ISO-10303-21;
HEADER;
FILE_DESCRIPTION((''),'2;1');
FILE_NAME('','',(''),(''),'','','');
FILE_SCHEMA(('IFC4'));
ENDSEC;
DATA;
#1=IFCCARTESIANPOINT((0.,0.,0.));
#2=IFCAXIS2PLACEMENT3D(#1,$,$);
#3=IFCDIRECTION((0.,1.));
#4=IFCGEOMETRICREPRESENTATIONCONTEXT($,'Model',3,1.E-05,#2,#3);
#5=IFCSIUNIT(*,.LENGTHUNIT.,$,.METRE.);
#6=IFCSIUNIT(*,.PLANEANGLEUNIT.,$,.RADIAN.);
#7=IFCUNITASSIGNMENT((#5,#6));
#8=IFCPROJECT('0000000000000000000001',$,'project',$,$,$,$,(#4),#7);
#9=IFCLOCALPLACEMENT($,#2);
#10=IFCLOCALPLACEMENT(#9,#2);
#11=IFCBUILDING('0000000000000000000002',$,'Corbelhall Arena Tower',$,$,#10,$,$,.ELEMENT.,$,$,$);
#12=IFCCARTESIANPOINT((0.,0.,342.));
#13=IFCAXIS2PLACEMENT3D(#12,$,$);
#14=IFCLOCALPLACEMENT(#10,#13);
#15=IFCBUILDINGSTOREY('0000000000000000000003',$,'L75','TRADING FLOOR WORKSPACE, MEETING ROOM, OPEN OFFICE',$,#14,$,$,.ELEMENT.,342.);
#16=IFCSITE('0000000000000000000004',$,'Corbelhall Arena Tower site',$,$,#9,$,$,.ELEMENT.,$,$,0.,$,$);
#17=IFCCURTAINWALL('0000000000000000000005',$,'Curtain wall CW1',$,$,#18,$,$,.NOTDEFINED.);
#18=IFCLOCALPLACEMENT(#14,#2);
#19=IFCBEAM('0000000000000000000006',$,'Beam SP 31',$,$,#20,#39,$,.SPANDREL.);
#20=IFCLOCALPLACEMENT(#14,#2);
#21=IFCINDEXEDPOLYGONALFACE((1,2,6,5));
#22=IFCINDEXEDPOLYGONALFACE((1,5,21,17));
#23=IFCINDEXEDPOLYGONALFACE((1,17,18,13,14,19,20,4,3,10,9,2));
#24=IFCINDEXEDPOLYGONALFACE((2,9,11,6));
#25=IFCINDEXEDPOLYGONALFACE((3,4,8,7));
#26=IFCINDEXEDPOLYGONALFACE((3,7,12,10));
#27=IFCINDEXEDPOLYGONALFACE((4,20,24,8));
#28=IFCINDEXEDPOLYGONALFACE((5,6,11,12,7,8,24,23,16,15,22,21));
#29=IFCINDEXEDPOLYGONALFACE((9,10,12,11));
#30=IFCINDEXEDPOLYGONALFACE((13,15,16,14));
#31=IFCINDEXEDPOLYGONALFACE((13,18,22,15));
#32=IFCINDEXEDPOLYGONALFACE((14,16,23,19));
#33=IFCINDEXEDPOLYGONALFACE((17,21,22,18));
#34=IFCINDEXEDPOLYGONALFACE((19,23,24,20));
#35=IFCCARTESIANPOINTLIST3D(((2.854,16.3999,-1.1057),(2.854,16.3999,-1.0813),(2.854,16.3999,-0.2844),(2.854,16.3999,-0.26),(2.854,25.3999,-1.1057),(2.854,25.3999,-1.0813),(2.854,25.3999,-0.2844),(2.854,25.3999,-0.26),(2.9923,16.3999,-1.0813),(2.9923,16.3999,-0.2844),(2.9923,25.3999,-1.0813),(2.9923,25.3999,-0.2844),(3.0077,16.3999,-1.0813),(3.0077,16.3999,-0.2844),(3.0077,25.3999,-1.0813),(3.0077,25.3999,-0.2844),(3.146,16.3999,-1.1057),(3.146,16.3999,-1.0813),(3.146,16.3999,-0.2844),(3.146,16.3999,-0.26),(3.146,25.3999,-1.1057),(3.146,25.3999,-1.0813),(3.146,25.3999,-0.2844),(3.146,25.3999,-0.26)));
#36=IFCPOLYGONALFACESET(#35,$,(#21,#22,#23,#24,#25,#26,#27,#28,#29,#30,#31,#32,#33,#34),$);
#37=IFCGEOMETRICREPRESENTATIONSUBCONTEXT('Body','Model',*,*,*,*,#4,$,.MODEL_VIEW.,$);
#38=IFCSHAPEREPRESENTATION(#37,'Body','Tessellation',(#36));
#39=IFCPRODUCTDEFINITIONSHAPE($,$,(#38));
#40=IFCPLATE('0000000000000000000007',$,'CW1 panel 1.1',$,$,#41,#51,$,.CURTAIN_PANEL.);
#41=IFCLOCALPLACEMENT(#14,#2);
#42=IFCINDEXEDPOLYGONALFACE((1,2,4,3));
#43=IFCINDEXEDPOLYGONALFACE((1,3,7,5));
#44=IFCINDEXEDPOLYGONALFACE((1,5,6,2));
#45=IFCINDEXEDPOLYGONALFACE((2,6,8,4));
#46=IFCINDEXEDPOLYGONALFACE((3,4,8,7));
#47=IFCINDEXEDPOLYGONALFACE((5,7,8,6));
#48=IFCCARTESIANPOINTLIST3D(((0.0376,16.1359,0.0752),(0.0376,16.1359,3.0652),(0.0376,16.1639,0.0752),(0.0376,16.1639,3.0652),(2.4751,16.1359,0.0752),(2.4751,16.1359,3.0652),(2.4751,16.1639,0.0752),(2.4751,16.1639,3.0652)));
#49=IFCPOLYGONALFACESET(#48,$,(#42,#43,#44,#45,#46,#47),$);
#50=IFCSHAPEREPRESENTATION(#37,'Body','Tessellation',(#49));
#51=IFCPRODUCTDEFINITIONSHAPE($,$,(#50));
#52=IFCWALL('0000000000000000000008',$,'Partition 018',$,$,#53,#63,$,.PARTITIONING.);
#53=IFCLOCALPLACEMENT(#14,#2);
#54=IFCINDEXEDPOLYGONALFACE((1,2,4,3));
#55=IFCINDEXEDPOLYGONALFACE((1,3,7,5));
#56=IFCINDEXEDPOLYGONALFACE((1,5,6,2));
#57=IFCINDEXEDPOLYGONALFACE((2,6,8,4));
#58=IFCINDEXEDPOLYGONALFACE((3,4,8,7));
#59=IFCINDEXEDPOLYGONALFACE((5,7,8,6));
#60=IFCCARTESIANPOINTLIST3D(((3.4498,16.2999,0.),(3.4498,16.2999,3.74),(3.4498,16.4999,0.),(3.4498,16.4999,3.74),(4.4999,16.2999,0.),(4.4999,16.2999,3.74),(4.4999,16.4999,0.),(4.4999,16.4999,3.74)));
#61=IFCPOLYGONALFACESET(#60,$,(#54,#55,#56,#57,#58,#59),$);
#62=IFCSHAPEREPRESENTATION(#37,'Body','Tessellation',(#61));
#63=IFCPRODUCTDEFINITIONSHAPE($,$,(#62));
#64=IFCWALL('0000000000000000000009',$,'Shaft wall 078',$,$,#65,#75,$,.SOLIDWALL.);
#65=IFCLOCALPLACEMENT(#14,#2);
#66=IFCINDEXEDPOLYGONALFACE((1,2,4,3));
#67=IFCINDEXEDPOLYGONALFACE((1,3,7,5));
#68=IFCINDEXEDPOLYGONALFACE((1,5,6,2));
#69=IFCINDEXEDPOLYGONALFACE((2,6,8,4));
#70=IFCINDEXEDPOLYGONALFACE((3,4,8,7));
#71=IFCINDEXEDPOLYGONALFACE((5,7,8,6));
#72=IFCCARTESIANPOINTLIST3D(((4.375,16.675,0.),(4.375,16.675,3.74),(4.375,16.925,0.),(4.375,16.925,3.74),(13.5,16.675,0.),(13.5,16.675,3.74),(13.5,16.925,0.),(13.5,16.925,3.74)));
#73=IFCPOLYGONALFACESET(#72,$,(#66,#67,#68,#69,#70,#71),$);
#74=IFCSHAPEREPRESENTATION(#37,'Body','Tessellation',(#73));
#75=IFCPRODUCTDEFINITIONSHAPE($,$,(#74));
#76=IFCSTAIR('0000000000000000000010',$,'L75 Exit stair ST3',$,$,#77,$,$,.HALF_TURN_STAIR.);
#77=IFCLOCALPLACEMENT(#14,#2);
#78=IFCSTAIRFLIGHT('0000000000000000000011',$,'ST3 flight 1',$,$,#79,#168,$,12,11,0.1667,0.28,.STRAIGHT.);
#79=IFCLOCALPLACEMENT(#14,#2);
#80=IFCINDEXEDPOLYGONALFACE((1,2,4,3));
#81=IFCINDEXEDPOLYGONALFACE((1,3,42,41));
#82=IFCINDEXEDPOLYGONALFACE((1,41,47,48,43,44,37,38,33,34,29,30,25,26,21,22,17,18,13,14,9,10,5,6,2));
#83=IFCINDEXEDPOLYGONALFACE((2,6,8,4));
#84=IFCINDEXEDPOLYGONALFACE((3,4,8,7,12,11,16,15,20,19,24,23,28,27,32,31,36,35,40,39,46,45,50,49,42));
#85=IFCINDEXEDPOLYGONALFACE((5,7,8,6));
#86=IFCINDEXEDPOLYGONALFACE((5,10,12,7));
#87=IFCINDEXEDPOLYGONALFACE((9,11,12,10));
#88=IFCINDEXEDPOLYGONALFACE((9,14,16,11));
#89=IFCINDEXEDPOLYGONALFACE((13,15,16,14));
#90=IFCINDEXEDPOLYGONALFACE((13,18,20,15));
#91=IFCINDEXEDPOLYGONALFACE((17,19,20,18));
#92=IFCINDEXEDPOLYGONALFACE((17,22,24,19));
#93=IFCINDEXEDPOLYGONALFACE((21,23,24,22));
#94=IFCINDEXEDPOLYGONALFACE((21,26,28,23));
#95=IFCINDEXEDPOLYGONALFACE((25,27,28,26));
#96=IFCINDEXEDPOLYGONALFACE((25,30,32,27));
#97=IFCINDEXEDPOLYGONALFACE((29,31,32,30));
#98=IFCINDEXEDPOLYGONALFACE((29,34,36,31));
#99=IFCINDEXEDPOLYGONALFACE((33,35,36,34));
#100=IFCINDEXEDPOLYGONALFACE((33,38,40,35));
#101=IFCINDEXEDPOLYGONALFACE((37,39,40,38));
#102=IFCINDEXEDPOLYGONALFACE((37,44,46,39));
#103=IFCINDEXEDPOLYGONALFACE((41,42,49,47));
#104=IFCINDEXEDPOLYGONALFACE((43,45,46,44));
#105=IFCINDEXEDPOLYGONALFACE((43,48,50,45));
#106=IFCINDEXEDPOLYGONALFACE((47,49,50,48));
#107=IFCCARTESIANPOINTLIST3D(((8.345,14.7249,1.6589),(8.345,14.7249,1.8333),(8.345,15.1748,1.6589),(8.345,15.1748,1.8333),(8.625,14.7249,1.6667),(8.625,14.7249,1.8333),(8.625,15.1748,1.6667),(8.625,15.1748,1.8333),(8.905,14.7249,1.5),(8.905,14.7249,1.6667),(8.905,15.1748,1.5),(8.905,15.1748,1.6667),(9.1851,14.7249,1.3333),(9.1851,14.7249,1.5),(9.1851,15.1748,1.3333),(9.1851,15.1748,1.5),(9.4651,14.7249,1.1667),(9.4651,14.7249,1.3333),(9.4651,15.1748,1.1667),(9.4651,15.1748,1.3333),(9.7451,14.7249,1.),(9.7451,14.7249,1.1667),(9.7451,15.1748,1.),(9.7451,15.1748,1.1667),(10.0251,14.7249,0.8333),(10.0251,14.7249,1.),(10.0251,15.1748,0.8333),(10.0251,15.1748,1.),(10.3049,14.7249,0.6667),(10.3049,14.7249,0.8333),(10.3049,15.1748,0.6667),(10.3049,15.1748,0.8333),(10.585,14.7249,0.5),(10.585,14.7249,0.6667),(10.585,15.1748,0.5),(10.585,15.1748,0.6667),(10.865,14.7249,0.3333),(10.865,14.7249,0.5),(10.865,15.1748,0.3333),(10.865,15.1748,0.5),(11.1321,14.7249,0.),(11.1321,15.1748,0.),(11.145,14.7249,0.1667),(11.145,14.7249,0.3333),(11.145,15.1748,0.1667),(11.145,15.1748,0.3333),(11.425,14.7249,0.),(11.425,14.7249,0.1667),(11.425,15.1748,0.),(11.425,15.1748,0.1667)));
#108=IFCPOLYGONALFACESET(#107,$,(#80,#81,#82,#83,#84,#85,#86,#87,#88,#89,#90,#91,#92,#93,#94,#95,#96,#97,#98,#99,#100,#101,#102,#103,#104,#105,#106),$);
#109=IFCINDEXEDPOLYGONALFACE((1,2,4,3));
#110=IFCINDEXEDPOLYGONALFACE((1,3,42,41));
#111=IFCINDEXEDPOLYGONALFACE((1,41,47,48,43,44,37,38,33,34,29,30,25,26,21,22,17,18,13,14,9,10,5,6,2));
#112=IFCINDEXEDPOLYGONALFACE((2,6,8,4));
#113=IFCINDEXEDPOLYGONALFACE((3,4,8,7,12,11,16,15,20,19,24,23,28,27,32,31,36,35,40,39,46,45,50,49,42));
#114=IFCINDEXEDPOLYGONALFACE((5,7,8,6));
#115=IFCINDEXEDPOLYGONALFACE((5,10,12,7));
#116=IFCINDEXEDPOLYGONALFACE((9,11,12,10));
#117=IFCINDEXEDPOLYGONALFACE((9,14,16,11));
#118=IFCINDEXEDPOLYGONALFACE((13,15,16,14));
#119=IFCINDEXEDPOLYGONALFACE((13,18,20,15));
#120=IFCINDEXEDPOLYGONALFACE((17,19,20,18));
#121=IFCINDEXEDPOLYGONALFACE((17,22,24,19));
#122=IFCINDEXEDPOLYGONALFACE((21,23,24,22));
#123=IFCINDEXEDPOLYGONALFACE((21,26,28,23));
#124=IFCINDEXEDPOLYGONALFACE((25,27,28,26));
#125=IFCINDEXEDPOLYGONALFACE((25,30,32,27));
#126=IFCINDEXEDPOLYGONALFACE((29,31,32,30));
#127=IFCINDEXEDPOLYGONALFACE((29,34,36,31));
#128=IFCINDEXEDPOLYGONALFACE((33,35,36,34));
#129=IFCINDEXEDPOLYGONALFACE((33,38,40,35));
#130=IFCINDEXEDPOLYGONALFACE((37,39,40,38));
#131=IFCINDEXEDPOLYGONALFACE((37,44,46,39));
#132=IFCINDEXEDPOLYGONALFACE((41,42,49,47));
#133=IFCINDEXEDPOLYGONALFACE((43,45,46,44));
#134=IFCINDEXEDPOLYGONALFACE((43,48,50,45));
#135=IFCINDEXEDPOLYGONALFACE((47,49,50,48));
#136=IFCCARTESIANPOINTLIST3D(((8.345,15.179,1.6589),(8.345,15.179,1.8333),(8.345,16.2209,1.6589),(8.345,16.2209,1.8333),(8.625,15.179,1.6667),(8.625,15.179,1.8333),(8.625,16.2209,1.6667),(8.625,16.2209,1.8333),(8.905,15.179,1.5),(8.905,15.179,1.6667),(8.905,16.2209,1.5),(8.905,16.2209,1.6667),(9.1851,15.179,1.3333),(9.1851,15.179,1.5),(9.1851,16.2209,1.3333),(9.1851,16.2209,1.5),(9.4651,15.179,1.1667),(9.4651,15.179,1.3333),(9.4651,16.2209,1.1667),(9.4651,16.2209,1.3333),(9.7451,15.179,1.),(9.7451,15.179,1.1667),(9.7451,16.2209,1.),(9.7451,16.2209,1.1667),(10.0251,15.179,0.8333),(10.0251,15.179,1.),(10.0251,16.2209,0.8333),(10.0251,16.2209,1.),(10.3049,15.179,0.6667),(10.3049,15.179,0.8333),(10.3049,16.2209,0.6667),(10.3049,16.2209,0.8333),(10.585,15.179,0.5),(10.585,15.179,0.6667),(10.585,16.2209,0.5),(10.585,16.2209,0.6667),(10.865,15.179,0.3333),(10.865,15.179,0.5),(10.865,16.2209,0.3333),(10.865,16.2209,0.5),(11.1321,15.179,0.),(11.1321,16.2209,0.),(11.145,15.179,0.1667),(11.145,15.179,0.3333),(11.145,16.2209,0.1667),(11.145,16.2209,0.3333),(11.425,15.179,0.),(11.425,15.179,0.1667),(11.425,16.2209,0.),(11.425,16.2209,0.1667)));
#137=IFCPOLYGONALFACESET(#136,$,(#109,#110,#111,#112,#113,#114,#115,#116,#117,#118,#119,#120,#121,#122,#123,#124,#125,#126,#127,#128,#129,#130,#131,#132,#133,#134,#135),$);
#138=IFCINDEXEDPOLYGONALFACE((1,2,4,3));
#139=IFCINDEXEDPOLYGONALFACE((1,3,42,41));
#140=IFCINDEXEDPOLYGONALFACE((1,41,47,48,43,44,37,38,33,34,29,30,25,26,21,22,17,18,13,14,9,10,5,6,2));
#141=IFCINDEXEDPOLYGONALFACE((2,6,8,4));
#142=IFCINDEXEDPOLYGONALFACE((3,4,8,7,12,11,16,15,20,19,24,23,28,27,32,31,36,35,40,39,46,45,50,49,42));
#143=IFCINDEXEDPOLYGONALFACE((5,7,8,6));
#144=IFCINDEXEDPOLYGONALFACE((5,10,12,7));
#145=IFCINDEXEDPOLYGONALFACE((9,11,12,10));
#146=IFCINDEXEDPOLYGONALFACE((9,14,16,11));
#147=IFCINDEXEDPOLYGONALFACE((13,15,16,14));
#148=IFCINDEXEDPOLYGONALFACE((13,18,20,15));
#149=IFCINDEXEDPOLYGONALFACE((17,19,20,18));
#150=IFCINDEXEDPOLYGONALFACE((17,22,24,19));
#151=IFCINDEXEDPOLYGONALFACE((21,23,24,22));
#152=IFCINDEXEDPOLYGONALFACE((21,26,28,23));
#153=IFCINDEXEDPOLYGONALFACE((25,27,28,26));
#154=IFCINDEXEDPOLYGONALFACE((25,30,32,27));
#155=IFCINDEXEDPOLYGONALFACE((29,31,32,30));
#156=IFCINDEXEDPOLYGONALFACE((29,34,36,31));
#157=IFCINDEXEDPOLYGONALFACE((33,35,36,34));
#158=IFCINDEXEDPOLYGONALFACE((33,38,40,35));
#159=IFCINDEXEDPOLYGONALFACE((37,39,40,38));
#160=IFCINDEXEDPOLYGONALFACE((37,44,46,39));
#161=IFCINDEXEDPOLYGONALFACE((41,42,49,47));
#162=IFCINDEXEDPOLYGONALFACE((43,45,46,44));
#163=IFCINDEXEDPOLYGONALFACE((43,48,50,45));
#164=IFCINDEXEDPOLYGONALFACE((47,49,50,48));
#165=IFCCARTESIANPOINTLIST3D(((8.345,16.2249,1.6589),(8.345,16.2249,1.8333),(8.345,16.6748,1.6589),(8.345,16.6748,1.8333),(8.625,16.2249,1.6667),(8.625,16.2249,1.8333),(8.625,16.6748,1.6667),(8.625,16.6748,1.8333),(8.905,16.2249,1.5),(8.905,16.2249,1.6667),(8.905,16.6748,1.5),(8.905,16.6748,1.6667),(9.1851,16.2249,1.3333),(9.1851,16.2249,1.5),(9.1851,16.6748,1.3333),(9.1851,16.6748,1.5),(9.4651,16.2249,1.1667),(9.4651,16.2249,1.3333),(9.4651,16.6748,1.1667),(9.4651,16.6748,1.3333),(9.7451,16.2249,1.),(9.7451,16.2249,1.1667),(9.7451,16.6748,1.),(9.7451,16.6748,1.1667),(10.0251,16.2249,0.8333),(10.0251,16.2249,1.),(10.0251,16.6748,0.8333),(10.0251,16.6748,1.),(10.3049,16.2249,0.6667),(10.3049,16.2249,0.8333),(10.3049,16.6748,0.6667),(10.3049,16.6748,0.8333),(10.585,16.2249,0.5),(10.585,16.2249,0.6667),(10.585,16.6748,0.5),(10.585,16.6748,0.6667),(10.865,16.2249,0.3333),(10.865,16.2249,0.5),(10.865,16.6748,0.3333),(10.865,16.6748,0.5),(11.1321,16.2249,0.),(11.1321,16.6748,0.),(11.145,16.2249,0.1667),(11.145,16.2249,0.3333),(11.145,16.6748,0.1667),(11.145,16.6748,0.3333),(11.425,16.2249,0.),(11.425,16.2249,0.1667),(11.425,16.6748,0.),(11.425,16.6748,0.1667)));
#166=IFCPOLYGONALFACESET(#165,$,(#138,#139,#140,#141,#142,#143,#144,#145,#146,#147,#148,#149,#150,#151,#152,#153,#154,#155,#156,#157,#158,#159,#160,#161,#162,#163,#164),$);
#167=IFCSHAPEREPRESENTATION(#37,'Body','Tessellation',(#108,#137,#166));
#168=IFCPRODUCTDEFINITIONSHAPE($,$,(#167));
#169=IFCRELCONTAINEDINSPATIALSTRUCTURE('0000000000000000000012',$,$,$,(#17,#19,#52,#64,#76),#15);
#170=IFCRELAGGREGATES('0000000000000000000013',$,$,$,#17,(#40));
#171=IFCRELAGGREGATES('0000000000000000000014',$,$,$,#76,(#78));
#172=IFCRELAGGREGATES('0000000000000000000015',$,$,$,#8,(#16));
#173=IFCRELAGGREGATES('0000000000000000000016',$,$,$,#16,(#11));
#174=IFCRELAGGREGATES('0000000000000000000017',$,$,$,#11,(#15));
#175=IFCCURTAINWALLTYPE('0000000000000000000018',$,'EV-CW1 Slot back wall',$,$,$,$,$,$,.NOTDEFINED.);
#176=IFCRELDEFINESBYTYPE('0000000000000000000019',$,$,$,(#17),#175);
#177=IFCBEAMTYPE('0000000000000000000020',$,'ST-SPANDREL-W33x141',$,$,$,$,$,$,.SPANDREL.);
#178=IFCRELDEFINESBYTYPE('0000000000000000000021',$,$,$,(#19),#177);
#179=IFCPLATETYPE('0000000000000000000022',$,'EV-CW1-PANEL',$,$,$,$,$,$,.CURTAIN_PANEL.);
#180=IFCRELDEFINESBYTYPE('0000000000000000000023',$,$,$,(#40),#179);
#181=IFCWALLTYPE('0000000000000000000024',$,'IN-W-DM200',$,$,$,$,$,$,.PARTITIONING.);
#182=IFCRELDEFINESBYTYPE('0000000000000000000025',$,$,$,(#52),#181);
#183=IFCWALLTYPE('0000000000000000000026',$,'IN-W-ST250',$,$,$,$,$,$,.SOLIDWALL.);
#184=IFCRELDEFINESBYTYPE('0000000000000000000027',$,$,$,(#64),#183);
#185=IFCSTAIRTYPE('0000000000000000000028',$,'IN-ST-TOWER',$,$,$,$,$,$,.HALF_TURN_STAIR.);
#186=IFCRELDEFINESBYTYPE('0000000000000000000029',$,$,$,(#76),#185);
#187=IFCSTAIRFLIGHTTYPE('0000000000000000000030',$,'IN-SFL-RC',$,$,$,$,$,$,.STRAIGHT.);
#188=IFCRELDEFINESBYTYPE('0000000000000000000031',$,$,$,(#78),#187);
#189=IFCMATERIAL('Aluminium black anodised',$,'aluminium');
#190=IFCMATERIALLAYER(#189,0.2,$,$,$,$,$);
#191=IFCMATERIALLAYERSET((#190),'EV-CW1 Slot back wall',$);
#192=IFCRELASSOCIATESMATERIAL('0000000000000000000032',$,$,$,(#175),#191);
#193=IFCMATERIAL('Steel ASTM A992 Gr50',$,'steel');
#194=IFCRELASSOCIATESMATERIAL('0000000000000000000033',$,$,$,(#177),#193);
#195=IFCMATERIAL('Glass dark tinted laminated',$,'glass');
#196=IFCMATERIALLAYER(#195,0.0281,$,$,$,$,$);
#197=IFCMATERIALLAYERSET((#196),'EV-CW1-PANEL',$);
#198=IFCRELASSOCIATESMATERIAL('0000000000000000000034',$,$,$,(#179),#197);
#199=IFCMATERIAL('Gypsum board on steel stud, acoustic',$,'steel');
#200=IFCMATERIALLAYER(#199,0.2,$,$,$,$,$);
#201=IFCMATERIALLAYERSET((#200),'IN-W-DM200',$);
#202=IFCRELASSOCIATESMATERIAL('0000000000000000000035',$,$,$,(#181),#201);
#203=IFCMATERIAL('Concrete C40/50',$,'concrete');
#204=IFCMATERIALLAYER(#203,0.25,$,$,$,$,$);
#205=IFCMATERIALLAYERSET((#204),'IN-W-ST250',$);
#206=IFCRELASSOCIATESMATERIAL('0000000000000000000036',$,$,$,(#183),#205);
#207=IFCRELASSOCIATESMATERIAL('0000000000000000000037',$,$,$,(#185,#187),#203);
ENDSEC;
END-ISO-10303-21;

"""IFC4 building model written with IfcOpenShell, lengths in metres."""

from ifc_helpers import new_model, si_unit, direction, frame, frame_2d, origin, origin_2d, place, context, subcontext, project, spatial, polyline, rectangle, i_section, outline, extrude, material, layer, layer_set, material_profile, profile_set, type_object, element, aggregate, save


model = new_model("IFC4")

# Units and contexts
model_context = context("Model", 3, precision=1e-05, world=origin(), true_north=direction((0.0, 1.0)))
body_context = subcontext(model_context, "Body", "Model", "MODEL_VIEW")
ifc_project = project(units=[si_unit("LENGTHUNIT", "METRE"), si_unit("PLANEANGLEUNIT", "RADIAN")], contexts=[model_context])

# Site, building, storey
site_placement = place(None, origin())
site = spatial("IfcSite", under=ifc_project, at=site_placement, Name="Corbelhall Arena Tower site", CompositionType="ELEMENT", RefElevation=0.0)
building_placement = place(site_placement, origin())
building = spatial("IfcBuilding", under=site, at=building_placement, Name="Corbelhall Arena Tower", CompositionType="ELEMENT")
storey_placement = place(building_placement, frame((0.0, 0.0, 342.0)))
storey = spatial("IfcBuildingStorey", under=building, at=storey_placement, Name="L75", Description="TRADING FLOOR WORKSPACE, MEETING ROOM, OPEN OFFICE", CompositionType="ELEMENT", Elevation=342.0)

# Curtain wall
ifc_material_1 = material(Name="Aluminium black anodised", Category="aluminium")
ifc_layer_1 = layer(ifc_material_1, 0.2)
ifc_layer_set_1 = layer_set([ifc_layer_1], Name="EV-CW1 Slot back wall")
curtain_wall_type = type_object("IfcCurtainWallType", Name="EV-CW1 Slot back wall", PredefinedType="NOTDEFINED", material=ifc_layer_set_1)
curtain_wall_placement = place(storey_placement, origin())
curtain_wall = element("IfcCurtainWall", 1, at=curtain_wall_placement, inside=storey, type_object=curtain_wall_type, Name="Curtain wall CW1", PredefinedType="NOTDEFINED")

# Beam
ifc_material_2 = material(Name="Steel ASTM A992 Gr50", Category="steel")
ifc_material_profile_1 = material_profile(ifc_material_2, i_section(OverallWidth=0.292, OverallDepth=0.8457, WebThickness=0.0154, FlangeThickness=0.0244, at=origin_2d()))
ifc_profile_set_1 = profile_set([ifc_material_profile_1], Name="Steel ASTM A992 Gr50")
beam_type_1 = type_object("IfcBeamType", Name="ST-SPANDREL-W33x141", PredefinedType="SPANDREL", material=ifc_profile_set_1)
beam_1_placement = place(storey_placement, frame((3.0, 16.3999, -0.6829), z_axis=(0.0, 1.0, 0.0), x_axis=(-1.0, 0.0, 0.0)))
element("IfcBeam", 2, at=beam_1_placement, inside=storey, type_object=beam_type_1, Name="Beam SP 31", PredefinedType="SPANDREL", context=body_context, shape_type="SweptSolid", body=[
    extrude(i_section(OverallWidth=0.292, OverallDepth=0.8457, WebThickness=0.0154, FlangeThickness=0.0244, at=origin_2d()), origin(), (0.0, 0.0, 1.0), 9.0),
])

# Plate
ifc_material_3 = material(Name="Glass dark tinted laminated", Category="glass")
ifc_layer_2 = layer(ifc_material_3, 0.0281)
ifc_layer_set_2 = layer_set([ifc_layer_2], Name="EV-CW1-PANEL")
plate_type = type_object("IfcPlateType", Name="EV-CW1-PANEL", PredefinedType="CURTAIN_PANEL", material=ifc_layer_set_2)
plate_placement = place(storey_placement, frame((1.2563, 16.1499, 0.0752), z_axis=(0.0, 0.0, 1.0), x_axis=(-1.0, 0.0, 0.0)))
plate = element("IfcPlate", 3, at=plate_placement, type_object=plate_type, Name="CW1 panel 1.1", PredefinedType="CURTAIN_PANEL", context=body_context, shape_type="SweptSolid", body=[
    extrude(rectangle(XDim=2.4375, YDim=0.0281, at=origin_2d()), origin(), (0.0, 0.0, 1.0), 2.99),
])
aggregate(curtain_wall, [plate])

# Walls
ifc_material_4 = material(Name="Gypsum board on steel stud, acoustic", Category="steel")
ifc_layer_3 = layer(ifc_material_4, 0.2)
ifc_layer_set_3 = layer_set([ifc_layer_3], Name="IN-W-DM200")
wall_type_1 = type_object("IfcWallType", Name="IN-W-DM200", PredefinedType="PARTITIONING", material=ifc_layer_set_3)
wall_1_placement = place(storey_placement, frame((3.45, 16.3999, 0.0), z_axis=(0.0, 0.0, 1.0), x_axis=(1.0, 0.0, 0.0)))
element("IfcWall", 4, at=wall_1_placement, inside=storey, type_object=wall_type_1, Name="Partition 018", PredefinedType="PARTITIONING", context=body_context, shape_type="SweptSolid", body=[
    extrude(rectangle(XDim=1.05, YDim=0.2, at=frame_2d((0.5249, 0.0))), origin(), (0.0, 0.0, 1.0), 3.74),
])
ifc_material_5 = material(Name="Concrete C40/50", Category="concrete")
ifc_layer_4 = layer(ifc_material_5, 0.25)
ifc_layer_set_4 = layer_set([ifc_layer_4], Name="IN-W-ST250")
wall_type_2 = type_object("IfcWallType", Name="IN-W-ST250", PredefinedType="SOLIDWALL", material=ifc_layer_set_4)
wall_2_placement = place(storey_placement, frame((4.375, 16.8, 0.0), z_axis=(0.0, 0.0, 1.0), x_axis=(1.0, 0.0, 0.0)))
element("IfcWall", 5, at=wall_2_placement, inside=storey, type_object=wall_type_2, Name="Shaft wall 078", PredefinedType="SOLIDWALL", context=body_context, shape_type="SweptSolid", body=[
    extrude(rectangle(XDim=9.125, YDim=0.25, at=frame_2d((4.5625, 0.0))), origin(), (0.0, 0.0, 1.0), 3.74),
])

# Stair, stair flight
stair_type = type_object("IfcStairType", Name="IN-ST-TOWER", PredefinedType="HALF_TURN_STAIR", material=ifc_material_5)
stair_placement = place(storey_placement, origin())
stair = element("IfcStair", 6, at=stair_placement, inside=storey, type_object=stair_type, Name="L75 Exit stair ST3", PredefinedType="HALF_TURN_STAIR")
stair_flight_type = type_object("IfcStairFlightType", Name="IN-SFL-RC", PredefinedType="STRAIGHT", material=ifc_material_5)
stair_flight_placement = place(storey_placement, frame((11.425, 15.7, 0.0), z_axis=(0.0, 0.0, 1.0), x_axis=(-1.0, 0.0, 0.0)))
stair_flight = element("IfcStairFlight", 7, at=stair_flight_placement, type_object=stair_flight_type, Name="ST3 flight 1", NumberOfRisers=12, NumberOfTreads=11, PredefinedType="STRAIGHT", RiserHeight=0.1667, TreadLength=0.28, context=body_context, shape_type="SweptSolid", body=[
    extrude(outline(polyline([(0.0, 0.0), (0.0, 0.1667), (0.28, 0.1667), (0.28, 0.3333), (0.5601, 0.3333), (0.5601, 0.5), (0.8401, 0.5), (0.8401, 0.6667), (1.1201, 0.6667), (1.1201, 0.8333), (1.3999, 0.8333), (1.3999, 1.0), (1.6799, 1.0), (1.6799, 1.1667), (1.96, 1.1667), (1.96, 1.3333), (2.24, 1.3333), (2.24, 1.5), (2.52, 1.5), (2.52, 1.6667), (2.8, 1.6667), (2.8, 1.8333), (3.0801, 1.8333), (3.0801, 2.0), (3.0801, 1.6589), (0.293, 0.0), (0.0, 0.0)])), frame((0.0, 0.9751, 0.0), z_axis=(0.0, -1.0, 0.0), x_axis=(1.0, 0.0, 0.0)), (0.0, 0.0, 1.0), 0.45),
    extrude(outline(polyline([(0.0, 0.0), (0.0, 0.1667), (0.28, 0.1667), (0.28, 0.3333), (0.5601, 0.3333), (0.5601, 0.5), (0.8401, 0.5), (0.8401, 0.6667), (1.1201, 0.6667), (1.1201, 0.8333), (1.3999, 0.8333), (1.3999, 1.0), (1.6799, 1.0), (1.6799, 1.1667), (1.96, 1.1667), (1.96, 1.3333), (2.24, 1.3333), (2.24, 1.5), (2.52, 1.5), (2.52, 1.6667), (2.8, 1.6667), (2.8, 1.8333), (3.0801, 1.8333), (3.0801, 2.0), (3.0801, 1.6589), (0.293, 0.0), (0.0, 0.0)])), frame((0.0, 0.521, 0.0), z_axis=(0.0, -1.0, 0.0), x_axis=(1.0, 0.0, 0.0)), (0.0, 0.0, 1.0), 1.042),
    extrude(outline(polyline([(0.0, 0.0), (0.0, 0.1667), (0.28, 0.1667), (0.28, 0.3333), (0.5601, 0.3333), (0.5601, 0.5), (0.8401, 0.5), (0.8401, 0.6667), (1.1201, 0.6667), (1.1201, 0.8333), (1.3999, 0.8333), (1.3999, 1.0), (1.6799, 1.0), (1.6799, 1.1667), (1.96, 1.1667), (1.96, 1.3333), (2.24, 1.3333), (2.24, 1.5), (2.52, 1.5), (2.52, 1.6667), (2.8, 1.6667), (2.8, 1.8333), (3.0801, 1.8333), (3.0801, 2.0), (3.0801, 1.6589), (0.293, 0.0), (0.0, 0.0)])), frame((0.0, -0.5249, 0.0), z_axis=(0.0, -1.0, 0.0), x_axis=(1.0, 0.0, 0.0)), (0.0, 0.0, 1.0), 0.45),
])
aggregate(stair, [stair_flight])

save(model, "model.ifc")
